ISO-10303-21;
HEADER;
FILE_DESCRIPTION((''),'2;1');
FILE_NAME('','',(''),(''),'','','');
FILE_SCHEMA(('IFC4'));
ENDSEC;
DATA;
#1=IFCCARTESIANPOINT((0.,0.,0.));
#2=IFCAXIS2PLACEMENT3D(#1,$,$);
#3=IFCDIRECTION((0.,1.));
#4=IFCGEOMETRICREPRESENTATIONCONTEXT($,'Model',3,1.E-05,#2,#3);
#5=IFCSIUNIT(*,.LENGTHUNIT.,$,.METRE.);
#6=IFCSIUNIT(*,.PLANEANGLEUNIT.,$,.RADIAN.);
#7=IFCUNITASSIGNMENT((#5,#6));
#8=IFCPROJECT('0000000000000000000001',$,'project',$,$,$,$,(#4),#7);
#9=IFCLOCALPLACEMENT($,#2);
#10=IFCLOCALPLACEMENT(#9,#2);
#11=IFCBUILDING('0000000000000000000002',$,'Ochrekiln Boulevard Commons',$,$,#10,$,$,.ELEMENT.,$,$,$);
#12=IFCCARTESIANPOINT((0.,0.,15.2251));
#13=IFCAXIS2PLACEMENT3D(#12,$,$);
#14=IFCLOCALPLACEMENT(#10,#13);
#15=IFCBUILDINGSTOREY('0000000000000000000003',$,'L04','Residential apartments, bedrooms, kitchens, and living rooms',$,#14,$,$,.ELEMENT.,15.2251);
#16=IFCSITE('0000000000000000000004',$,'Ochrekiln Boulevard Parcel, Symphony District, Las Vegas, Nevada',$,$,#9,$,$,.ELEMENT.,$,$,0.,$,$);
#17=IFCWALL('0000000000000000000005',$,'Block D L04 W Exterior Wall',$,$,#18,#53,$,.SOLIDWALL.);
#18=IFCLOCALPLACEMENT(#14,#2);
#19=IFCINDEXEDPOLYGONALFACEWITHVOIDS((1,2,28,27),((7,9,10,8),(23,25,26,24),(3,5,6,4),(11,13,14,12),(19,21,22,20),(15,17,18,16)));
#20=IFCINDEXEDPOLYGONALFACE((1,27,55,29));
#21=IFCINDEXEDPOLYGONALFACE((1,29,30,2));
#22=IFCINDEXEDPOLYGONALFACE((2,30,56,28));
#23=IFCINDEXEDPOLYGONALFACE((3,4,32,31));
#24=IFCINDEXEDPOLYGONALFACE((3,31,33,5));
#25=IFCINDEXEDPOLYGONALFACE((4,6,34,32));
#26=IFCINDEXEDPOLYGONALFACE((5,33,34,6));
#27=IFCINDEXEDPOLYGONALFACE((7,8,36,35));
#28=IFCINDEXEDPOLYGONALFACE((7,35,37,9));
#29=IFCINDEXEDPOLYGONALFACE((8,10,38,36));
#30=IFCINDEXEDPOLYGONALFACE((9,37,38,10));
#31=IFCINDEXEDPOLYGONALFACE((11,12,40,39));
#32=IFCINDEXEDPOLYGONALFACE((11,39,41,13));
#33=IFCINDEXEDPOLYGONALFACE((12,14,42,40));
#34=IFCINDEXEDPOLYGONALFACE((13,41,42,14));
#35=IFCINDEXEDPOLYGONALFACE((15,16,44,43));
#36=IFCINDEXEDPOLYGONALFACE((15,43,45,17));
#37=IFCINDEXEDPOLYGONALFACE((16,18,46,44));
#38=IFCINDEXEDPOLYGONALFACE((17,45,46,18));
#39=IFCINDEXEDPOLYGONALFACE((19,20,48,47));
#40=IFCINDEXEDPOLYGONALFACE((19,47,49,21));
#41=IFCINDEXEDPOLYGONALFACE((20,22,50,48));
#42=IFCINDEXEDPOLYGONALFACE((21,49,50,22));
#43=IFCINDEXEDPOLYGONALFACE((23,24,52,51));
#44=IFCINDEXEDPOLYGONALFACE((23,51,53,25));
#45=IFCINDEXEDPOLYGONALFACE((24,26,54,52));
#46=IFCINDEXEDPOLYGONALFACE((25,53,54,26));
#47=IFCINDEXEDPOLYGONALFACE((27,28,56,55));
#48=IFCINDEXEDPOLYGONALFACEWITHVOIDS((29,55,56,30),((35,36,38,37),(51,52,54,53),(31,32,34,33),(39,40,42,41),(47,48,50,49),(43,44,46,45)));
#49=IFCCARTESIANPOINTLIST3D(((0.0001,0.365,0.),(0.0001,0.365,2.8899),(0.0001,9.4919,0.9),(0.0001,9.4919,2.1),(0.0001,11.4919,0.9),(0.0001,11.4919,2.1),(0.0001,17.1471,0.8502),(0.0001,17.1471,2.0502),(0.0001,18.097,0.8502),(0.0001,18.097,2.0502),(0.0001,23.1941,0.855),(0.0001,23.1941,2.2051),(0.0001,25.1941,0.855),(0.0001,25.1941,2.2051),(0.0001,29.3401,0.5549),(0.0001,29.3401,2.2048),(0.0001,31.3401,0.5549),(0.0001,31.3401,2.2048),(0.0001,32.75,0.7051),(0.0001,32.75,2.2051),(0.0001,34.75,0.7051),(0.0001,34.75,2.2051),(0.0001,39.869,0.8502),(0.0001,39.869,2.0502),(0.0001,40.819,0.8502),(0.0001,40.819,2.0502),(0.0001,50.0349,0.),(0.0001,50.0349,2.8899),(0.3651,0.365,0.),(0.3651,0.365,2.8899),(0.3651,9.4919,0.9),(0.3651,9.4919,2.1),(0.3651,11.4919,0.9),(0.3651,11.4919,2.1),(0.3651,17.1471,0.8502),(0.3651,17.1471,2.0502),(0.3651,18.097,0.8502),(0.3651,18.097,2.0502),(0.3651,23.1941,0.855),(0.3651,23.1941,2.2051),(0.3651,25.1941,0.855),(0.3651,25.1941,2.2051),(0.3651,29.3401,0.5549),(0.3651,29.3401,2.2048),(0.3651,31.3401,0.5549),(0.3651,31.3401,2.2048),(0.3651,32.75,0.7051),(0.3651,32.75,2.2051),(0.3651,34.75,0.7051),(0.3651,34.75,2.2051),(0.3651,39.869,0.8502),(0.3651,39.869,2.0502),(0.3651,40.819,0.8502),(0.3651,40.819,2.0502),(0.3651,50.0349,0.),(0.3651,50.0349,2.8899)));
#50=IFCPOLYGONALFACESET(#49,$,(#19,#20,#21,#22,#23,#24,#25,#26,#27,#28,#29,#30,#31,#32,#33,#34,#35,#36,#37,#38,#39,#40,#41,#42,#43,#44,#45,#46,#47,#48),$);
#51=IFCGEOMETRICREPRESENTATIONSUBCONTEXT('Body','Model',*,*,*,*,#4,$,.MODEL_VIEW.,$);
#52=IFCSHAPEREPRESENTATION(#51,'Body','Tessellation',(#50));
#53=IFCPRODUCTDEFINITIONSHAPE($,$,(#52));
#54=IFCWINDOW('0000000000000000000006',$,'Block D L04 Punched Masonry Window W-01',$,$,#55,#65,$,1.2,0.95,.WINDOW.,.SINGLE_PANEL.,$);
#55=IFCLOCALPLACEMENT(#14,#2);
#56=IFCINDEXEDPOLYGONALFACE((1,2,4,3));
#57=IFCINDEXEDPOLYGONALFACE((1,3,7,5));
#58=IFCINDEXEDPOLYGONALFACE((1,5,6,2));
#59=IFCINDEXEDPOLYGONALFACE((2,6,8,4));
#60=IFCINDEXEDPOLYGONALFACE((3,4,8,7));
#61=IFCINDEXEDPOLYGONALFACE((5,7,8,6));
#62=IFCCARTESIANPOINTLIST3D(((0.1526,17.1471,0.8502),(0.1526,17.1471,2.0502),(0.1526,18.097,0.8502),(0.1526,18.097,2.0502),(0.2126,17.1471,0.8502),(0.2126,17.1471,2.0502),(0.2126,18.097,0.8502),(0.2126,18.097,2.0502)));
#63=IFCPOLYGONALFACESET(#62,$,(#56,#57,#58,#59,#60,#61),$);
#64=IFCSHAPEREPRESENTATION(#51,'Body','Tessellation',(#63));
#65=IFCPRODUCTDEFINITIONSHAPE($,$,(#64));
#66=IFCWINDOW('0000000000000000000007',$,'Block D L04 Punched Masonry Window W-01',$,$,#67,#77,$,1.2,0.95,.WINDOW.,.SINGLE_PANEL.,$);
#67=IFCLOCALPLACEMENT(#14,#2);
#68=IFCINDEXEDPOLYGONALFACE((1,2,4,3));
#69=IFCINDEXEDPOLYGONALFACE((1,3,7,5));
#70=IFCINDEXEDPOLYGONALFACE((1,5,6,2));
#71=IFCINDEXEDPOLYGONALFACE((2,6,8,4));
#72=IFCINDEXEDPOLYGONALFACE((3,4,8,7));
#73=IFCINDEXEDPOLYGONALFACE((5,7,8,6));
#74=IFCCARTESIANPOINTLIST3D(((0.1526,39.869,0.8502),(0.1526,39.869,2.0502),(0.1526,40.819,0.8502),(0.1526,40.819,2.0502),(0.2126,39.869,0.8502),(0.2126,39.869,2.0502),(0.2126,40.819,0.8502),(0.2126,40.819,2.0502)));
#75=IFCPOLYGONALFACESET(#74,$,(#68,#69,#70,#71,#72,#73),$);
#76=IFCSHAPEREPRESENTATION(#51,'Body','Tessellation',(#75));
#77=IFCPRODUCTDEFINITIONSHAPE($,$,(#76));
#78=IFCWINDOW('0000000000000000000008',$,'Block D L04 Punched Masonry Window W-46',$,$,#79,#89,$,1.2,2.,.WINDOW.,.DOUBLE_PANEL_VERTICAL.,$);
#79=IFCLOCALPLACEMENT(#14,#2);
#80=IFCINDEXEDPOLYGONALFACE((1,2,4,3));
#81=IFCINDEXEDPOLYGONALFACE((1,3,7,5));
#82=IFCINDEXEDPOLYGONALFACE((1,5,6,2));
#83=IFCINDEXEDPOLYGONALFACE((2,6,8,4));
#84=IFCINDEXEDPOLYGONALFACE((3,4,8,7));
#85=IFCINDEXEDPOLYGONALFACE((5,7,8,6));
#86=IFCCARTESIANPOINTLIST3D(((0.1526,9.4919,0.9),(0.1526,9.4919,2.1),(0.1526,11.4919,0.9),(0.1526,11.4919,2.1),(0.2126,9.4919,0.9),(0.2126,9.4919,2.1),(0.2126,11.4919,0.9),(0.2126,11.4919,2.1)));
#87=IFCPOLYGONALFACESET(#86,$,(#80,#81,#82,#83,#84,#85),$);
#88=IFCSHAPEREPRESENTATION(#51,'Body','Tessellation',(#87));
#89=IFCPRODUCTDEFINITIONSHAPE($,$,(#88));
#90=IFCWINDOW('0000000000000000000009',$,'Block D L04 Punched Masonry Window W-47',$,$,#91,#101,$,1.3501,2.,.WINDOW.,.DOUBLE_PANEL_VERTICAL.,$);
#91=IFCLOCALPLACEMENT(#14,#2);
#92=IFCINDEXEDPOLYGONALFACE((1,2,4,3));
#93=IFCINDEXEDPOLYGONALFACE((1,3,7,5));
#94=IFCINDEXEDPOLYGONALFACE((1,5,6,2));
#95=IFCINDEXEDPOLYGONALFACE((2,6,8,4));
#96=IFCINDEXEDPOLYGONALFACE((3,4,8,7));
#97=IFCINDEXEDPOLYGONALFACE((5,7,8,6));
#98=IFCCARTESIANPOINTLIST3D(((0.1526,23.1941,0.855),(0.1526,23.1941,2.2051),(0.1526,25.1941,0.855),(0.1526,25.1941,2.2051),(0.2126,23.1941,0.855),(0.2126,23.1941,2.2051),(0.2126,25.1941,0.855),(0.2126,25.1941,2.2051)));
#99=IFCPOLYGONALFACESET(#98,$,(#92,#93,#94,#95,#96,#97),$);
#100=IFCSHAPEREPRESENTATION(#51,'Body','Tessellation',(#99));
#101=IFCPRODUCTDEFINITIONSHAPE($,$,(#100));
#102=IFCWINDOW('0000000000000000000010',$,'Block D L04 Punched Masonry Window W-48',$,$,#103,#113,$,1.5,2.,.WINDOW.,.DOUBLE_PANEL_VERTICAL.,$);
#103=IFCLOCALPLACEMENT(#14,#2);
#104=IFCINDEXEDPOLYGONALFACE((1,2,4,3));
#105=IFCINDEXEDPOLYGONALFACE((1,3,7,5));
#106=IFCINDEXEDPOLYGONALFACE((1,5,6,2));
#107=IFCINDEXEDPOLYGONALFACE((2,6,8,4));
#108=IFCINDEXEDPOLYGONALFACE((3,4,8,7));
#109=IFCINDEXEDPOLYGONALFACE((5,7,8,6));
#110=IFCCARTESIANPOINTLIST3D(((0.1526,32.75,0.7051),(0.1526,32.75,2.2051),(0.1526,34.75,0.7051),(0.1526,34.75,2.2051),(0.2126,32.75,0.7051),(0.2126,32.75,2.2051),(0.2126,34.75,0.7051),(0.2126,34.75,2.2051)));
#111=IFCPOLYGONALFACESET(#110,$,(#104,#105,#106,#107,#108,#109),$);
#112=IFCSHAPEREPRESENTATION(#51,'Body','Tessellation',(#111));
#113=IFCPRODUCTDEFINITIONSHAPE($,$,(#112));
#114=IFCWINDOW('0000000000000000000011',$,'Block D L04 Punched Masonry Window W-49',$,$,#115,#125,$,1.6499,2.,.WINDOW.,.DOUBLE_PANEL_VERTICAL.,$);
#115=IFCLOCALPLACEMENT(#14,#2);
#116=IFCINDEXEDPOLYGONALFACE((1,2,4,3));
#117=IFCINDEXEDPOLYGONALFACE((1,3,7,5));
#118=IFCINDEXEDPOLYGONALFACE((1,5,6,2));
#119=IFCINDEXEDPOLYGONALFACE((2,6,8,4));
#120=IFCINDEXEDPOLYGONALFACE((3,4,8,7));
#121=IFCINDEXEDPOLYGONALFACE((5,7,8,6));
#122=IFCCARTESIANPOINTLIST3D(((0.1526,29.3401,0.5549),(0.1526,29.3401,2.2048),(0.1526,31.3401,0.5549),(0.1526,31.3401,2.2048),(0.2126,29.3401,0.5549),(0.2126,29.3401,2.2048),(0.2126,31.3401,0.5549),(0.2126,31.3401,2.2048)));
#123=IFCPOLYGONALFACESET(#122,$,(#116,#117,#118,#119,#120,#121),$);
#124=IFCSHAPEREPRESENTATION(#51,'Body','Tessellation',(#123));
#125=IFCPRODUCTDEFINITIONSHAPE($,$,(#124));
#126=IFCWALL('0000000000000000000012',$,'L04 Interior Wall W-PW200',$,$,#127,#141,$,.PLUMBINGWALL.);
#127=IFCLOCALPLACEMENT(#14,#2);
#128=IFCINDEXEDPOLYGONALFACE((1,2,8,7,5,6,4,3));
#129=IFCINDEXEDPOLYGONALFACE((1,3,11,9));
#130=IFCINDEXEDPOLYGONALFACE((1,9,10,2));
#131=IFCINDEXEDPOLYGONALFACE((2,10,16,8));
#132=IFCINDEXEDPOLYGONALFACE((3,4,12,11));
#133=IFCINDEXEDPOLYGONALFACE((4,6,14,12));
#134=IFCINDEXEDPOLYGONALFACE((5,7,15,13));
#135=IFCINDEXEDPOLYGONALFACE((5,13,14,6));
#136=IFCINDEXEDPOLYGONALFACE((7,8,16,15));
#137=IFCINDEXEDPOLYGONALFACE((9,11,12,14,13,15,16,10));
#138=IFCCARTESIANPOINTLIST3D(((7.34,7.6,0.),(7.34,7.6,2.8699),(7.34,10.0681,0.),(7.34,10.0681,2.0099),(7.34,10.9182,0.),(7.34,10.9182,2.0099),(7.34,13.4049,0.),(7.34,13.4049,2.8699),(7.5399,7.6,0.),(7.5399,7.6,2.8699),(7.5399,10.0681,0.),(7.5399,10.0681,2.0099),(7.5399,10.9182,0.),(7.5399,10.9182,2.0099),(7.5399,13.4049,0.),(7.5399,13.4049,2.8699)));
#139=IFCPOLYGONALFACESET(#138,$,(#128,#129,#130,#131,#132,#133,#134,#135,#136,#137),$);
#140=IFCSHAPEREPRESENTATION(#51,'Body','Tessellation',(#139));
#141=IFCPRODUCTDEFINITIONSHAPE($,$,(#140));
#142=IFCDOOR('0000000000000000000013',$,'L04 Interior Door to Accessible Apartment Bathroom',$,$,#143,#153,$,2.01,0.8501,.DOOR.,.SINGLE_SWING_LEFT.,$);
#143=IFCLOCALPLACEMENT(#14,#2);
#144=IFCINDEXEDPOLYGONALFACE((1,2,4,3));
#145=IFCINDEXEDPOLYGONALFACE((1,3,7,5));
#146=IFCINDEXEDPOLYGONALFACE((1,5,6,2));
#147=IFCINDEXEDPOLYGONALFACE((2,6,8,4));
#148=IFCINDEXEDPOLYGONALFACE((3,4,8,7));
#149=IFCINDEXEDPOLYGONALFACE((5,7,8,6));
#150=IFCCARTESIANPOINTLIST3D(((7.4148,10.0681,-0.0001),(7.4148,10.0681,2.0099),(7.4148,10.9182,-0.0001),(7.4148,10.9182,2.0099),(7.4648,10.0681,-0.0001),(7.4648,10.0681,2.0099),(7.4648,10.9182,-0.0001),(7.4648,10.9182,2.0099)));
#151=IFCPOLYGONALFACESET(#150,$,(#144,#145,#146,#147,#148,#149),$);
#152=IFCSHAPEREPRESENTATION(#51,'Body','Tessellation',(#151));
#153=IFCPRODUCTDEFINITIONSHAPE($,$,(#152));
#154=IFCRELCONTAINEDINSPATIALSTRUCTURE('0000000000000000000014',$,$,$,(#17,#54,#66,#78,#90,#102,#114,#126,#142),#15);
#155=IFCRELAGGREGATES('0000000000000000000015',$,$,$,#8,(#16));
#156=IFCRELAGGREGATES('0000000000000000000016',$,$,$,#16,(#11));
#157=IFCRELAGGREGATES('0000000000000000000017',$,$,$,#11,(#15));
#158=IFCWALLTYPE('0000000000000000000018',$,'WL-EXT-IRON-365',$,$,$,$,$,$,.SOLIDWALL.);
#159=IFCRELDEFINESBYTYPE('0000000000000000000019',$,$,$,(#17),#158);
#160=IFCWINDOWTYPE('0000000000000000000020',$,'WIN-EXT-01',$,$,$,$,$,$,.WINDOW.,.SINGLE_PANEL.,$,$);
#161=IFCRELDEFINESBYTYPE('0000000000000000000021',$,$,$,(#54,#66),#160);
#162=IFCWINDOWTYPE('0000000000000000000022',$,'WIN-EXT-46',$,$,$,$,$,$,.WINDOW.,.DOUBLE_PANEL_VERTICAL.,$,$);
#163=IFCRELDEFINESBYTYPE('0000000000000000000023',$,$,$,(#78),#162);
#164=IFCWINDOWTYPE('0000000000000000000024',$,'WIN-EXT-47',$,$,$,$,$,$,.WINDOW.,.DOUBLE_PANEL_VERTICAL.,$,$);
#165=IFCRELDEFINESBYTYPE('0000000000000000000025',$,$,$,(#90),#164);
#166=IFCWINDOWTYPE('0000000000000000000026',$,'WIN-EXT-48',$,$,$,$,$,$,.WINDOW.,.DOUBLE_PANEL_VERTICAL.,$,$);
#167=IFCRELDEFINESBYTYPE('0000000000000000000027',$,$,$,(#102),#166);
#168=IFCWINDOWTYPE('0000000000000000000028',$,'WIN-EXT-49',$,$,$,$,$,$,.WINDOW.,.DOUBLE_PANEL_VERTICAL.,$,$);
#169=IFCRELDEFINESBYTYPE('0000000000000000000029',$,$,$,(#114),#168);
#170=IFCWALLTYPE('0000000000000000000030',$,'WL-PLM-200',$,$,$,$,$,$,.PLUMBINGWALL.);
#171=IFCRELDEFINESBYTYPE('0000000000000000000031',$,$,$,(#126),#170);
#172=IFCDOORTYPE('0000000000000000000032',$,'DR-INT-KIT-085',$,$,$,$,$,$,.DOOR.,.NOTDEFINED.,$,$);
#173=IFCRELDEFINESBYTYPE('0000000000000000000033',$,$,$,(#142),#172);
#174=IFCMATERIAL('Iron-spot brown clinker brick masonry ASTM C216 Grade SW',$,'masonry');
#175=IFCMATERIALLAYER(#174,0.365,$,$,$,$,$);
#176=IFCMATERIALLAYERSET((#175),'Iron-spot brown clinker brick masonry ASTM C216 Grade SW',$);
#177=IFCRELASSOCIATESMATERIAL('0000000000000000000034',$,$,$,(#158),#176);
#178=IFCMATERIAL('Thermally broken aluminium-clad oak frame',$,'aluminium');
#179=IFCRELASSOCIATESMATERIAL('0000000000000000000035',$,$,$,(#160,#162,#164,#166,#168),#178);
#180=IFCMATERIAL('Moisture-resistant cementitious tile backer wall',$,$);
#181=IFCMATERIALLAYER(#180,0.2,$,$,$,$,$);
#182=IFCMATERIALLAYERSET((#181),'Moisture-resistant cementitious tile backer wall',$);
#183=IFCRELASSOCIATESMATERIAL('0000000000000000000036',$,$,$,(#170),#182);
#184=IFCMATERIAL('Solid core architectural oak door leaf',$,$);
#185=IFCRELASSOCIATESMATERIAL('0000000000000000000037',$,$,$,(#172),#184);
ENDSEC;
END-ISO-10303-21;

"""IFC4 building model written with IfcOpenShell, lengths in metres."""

from ifc_helpers import new_model, si_unit, direction, frame, frame_2d, origin, place, context, subcontext, project, spatial, rectangle, extrude, material, layer, layer_set, type_object, element, fill, save


model = new_model("IFC4")

# Units and contexts
model_context = context("Model", 3, precision=1e-05, world=origin(), true_north=direction((0.0, 1.0)))
body_context = subcontext(model_context, "Body", "Model", "MODEL_VIEW")
ifc_project = project(units=[si_unit("LENGTHUNIT", "METRE"), si_unit("PLANEANGLEUNIT", "RADIAN")], contexts=[model_context])

# Site, building, storey
site_placement = place(None, origin())
site = spatial("IfcSite", under=ifc_project, at=site_placement, Name="Ochrekiln Boulevard Parcel, Symphony District, Las Vegas, Nevada", CompositionType="ELEMENT", RefElevation=0.0)
building_placement = place(site_placement, origin())
building = spatial("IfcBuilding", under=site, at=building_placement, Name="Ochrekiln Boulevard Commons", CompositionType="ELEMENT")
storey_placement = place(building_placement, frame((0.0, 0.0, 15.2251)))
storey = spatial("IfcBuildingStorey", under=building, at=storey_placement, Name="L04", Description="Residential apartments, bedrooms, kitchens, and living rooms", CompositionType="ELEMENT", Elevation=15.2251)

# Wall, openings, windows
ifc_material_1 = material(Name="Iron-spot brown clinker brick masonry ASTM C216 Grade SW", Category="masonry")
ifc_layer_1 = layer(ifc_material_1, 0.365)
ifc_layer_set_1 = layer_set([ifc_layer_1], Name="Iron-spot brown clinker brick masonry ASTM C216 Grade SW")
wall_type_1 = type_object("IfcWallType", Name="WL-EXT-IRON-365", PredefinedType="SOLIDWALL", material=ifc_layer_set_1)
wall_1_placement = place(storey_placement, frame((0.1826, 0.365, 0.0), z_axis=(0.0, 0.0, 1.0), x_axis=(0.0, 1.0, 0.0)))
wall_1 = element("IfcWall", 1, at=wall_1_placement, inside=storey, type_object=wall_type_1, Name="Block D L04 W Exterior Wall", PredefinedType="SOLIDWALL", context=body_context, shape_type="SweptSolid", body=[
    extrude(rectangle(XDim=49.6699, YDim=0.365, at=frame_2d((24.835, 0.0))), origin(), (0.0, 0.0, 1.0), 2.8899),
])
opening_1_placement = place(wall_1_placement, frame((16.782, 0.0, 0.8501)))
opening_1 = element("IfcOpeningElement", 2, at=opening_1_placement, cuts=wall_1, PredefinedType="OPENING", context=body_context, shape_type="SweptSolid", body=[
    extrude(rectangle(XDim=0.95, YDim=1.2, at=frame_2d((0.4751, 0.6001))), frame((0.0, 0.1924, 0.0), z_axis=(0.0, -1.0, 0.0), x_axis=(1.0, 0.0, 0.0)), (0.0, 0.0, 1.0), 0.385),
])
opening_2_placement = place(wall_1_placement, frame((9.127, 0.0, 0.8999)))
opening_2 = element("IfcOpeningElement", 3, at=opening_2_placement, cuts=wall_1, PredefinedType="OPENING", context=body_context, shape_type="SweptSolid", body=[
    extrude(rectangle(XDim=2.0, YDim=1.2, at=frame_2d((1.0, 0.6001))), frame((0.0, 0.1924, 0.0), z_axis=(0.0, -1.0, 0.0), x_axis=(1.0, 0.0, 0.0)), (0.0, 0.0, 1.0), 0.385),
])
opening_3_placement = place(wall_1_placement, frame((22.8291, 0.0, 0.855)))
opening_3 = element("IfcOpeningElement", 4, at=opening_3_placement, cuts=wall_1, PredefinedType="OPENING", context=body_context, shape_type="SweptSolid", body=[
    extrude(rectangle(XDim=2.0, YDim=1.3501, at=frame_2d((1.0, 0.675))), frame((0.0, 0.1924, 0.0), z_axis=(0.0, -1.0, 0.0), x_axis=(1.0, 0.0, 0.0)), (0.0, 0.0, 1.0), 0.385),
])
opening_4_placement = place(wall_1_placement, frame((32.385, 0.0, 0.7051)))
opening_4 = element("IfcOpeningElement", 5, at=opening_4_placement, cuts=wall_1, PredefinedType="OPENING", context=body_context, shape_type="SweptSolid", body=[
    extrude(rectangle(XDim=2.0, YDim=1.5, at=frame_2d((1.0, 0.75))), frame((0.0, 0.1924, 0.0), z_axis=(0.0, -1.0, 0.0), x_axis=(1.0, 0.0, 0.0)), (0.0, 0.0, 1.0), 0.385),
])
opening_5_placement = place(wall_1_placement, frame((28.9751, 0.0, 0.5549)))
opening_5 = element("IfcOpeningElement", 6, at=opening_5_placement, cuts=wall_1, PredefinedType="OPENING", context=body_context, shape_type="SweptSolid", body=[
    extrude(rectangle(XDim=2.0, YDim=1.6499, at=frame_2d((1.0, 0.825))), frame((0.0, 0.1924, 0.0), z_axis=(0.0, -1.0, 0.0), x_axis=(1.0, 0.0, 0.0)), (0.0, 0.0, 1.0), 0.385),
])
opening_6_placement = place(wall_1_placement, frame((39.5039, 0.0, 0.8501)))
opening_6 = element("IfcOpeningElement", 7, at=opening_6_placement, cuts=wall_1, PredefinedType="OPENING", context=body_context, shape_type="SweptSolid", body=[
    extrude(rectangle(XDim=0.95, YDim=1.2, at=frame_2d((0.4751, 0.6001))), frame((0.0, 0.1924, 0.0), z_axis=(0.0, -1.0, 0.0), x_axis=(1.0, 0.0, 0.0)), (0.0, 0.0, 1.0), 0.385),
])
ifc_material_2 = material(Name="Thermally broken aluminium-clad oak frame", Category="aluminium")
window_type_1 = type_object("IfcWindowType", Name="WIN-EXT-01", PartitioningType="SINGLE_PANEL", PredefinedType="WINDOW", material=ifc_material_2)
window_1_placement = place(opening_1_placement, origin())
window_1 = element("IfcWindow", 8, at=window_1_placement, inside=storey, type_object=window_type_1, Name="Block D L04 Punched Masonry Window W-01", OverallHeight=1.2, OverallWidth=0.95, PartitioningType="SINGLE_PANEL", PredefinedType="WINDOW", context=body_context, shape_type="SweptSolid", body=[
    extrude(rectangle(XDim=0.95, YDim=1.2, at=frame_2d((0.4751, 0.6001))), frame((0.0, 0.03, 0.0), z_axis=(0.0, -1.0, 0.0), x_axis=(1.0, 0.0, 0.0)), (0.0, 0.0, 1.0), 0.0601),
])
fill(opening_1, window_1)
window_2_placement = place(opening_6_placement, origin())
window_2 = element("IfcWindow", 9, at=window_2_placement, inside=storey, type_object=window_type_1, Name="Block D L04 Punched Masonry Window W-01", OverallHeight=1.2, OverallWidth=0.95, PartitioningType="SINGLE_PANEL", PredefinedType="WINDOW", context=body_context, shape_type="SweptSolid", body=[
    extrude(rectangle(XDim=0.95, YDim=1.2, at=frame_2d((0.4751, 0.6001))), frame((0.0, 0.03, 0.0), z_axis=(0.0, -1.0, 0.0), x_axis=(1.0, 0.0, 0.0)), (0.0, 0.0, 1.0), 0.0601),
])
fill(opening_6, window_2)
window_type_2 = type_object("IfcWindowType", Name="WIN-EXT-46", PartitioningType="DOUBLE_PANEL_VERTICAL", PredefinedType="WINDOW", material=ifc_material_2)
window_3_placement = place(opening_2_placement, origin())
window_3 = element("IfcWindow", 10, at=window_3_placement, inside=storey, type_object=window_type_2, Name="Block D L04 Punched Masonry Window W-46", OverallHeight=1.2, OverallWidth=2.0, PartitioningType="DOUBLE_PANEL_VERTICAL", PredefinedType="WINDOW", context=body_context, shape_type="SweptSolid", body=[
    extrude(rectangle(XDim=2.0, YDim=1.2, at=frame_2d((1.0, 0.6001))), frame((0.0, 0.03, 0.0), z_axis=(0.0, -1.0, 0.0), x_axis=(1.0, 0.0, 0.0)), (0.0, 0.0, 1.0), 0.0601),
])
fill(opening_2, window_3)
window_type_3 = type_object("IfcWindowType", Name="WIN-EXT-47", PartitioningType="DOUBLE_PANEL_VERTICAL", PredefinedType="WINDOW", material=ifc_material_2)
window_4_placement = place(opening_3_placement, origin())
window_4 = element("IfcWindow", 11, at=window_4_placement, inside=storey, type_object=window_type_3, Name="Block D L04 Punched Masonry Window W-47", OverallHeight=1.3501, OverallWidth=2.0, PartitioningType="DOUBLE_PANEL_VERTICAL", PredefinedType="WINDOW", context=body_context, shape_type="SweptSolid", body=[
    extrude(rectangle(XDim=2.0, YDim=1.3501, at=frame_2d((1.0, 0.675))), frame((0.0, 0.03, 0.0), z_axis=(0.0, -1.0, 0.0), x_axis=(1.0, 0.0, 0.0)), (0.0, 0.0, 1.0), 0.0601),
])
fill(opening_3, window_4)
window_type_4 = type_object("IfcWindowType", Name="WIN-EXT-48", PartitioningType="DOUBLE_PANEL_VERTICAL", PredefinedType="WINDOW", material=ifc_material_2)
window_5_placement = place(opening_4_placement, origin())
window_5 = element("IfcWindow", 12, at=window_5_placement, inside=storey, type_object=window_type_4, Name="Block D L04 Punched Masonry Window W-48", OverallHeight=1.5, OverallWidth=2.0, PartitioningType="DOUBLE_PANEL_VERTICAL", PredefinedType="WINDOW", context=body_context, shape_type="SweptSolid", body=[
    extrude(rectangle(XDim=2.0, YDim=1.5, at=frame_2d((1.0, 0.75))), frame((0.0, 0.03, 0.0), z_axis=(0.0, -1.0, 0.0), x_axis=(1.0, 0.0, 0.0)), (0.0, 0.0, 1.0), 0.0601),
])
fill(opening_4, window_5)
window_type_5 = type_object("IfcWindowType", Name="WIN-EXT-49", PartitioningType="DOUBLE_PANEL_VERTICAL", PredefinedType="WINDOW", material=ifc_material_2)
window_6_placement = place(opening_5_placement, origin())
window_6 = element("IfcWindow", 13, at=window_6_placement, inside=storey, type_object=window_type_5, Name="Block D L04 Punched Masonry Window W-49", OverallHeight=1.6499, OverallWidth=2.0, PartitioningType="DOUBLE_PANEL_VERTICAL", PredefinedType="WINDOW", context=body_context, shape_type="SweptSolid", body=[
    extrude(rectangle(XDim=2.0, YDim=1.6499, at=frame_2d((1.0, 0.825))), frame((0.0, 0.03, 0.0), z_axis=(0.0, -1.0, 0.0), x_axis=(1.0, 0.0, 0.0)), (0.0, 0.0, 1.0), 0.0601),
])
fill(opening_5, window_6)

# Wall, opening, door
ifc_material_3 = material(Name="Moisture-resistant cementitious tile backer wall")
ifc_layer_2 = layer(ifc_material_3, 0.2)
ifc_layer_set_2 = layer_set([ifc_layer_2], Name="Moisture-resistant cementitious tile backer wall")
wall_type_2 = type_object("IfcWallType", Name="WL-PLM-200", PredefinedType="PLUMBINGWALL", material=ifc_layer_set_2)
wall_2_placement = place(storey_placement, frame((7.4399, 7.6001, 0.0), z_axis=(0.0, 0.0, 1.0), x_axis=(0.0, 1.0, 0.0)))
wall_2 = element("IfcWall", 14, at=wall_2_placement, inside=storey, type_object=wall_type_2, Name="L04 Interior Wall W-PW200", PredefinedType="PLUMBINGWALL", context=body_context, shape_type="SweptSolid", body=[
    extrude(rectangle(XDim=5.8049, YDim=0.2, at=frame_2d((2.9023, 0.0))), origin(), (0.0, 0.0, 1.0), 2.8699),
])
opening_7_placement = place(wall_2_placement, frame((2.468, 0.0, 0.0)))
opening_7 = element("IfcOpeningElement", 15, at=opening_7_placement, cuts=wall_2, PredefinedType="OPENING", context=body_context, shape_type="SweptSolid", body=[
    extrude(rectangle(XDim=0.8501, YDim=2.01, at=frame_2d((0.425, 1.0049))), frame((0.0, 0.1099, 0.0), z_axis=(0.0, -1.0, 0.0), x_axis=(1.0, 0.0, 0.0)), (0.0, 0.0, 1.0), 0.22),
])
ifc_material_4 = material(Name="Solid core architectural oak door leaf")
door_type_1 = type_object("IfcDoorType", Name="DR-INT-KIT-085", OperationType="NOTDEFINED", PredefinedType="DOOR", material=ifc_material_4)
door_1_placement = place(opening_7_placement, frame((0.8501, 0.0, 0.0), z_axis=(0.0, 0.0, 1.0), x_axis=(-1.0, 0.0, 0.0)))
door_1 = element("IfcDoor", 16, at=door_1_placement, inside=storey, type_object=door_type_1, Name="L04 Interior Door to Accessible Apartment Bathroom", OperationType="SINGLE_SWING_LEFT", OverallHeight=2.01, OverallWidth=0.8501, PredefinedType="DOOR", context=body_context, shape_type="SweptSolid", body=[
    extrude(rectangle(XDim=0.8501, YDim=2.01, at=frame_2d((0.425, 1.0049))), frame((0.0, 0.0249, 0.0), z_axis=(0.0, -1.0, 0.0), x_axis=(1.0, 0.0, 0.0)), (0.0, 0.0, 1.0), 0.05),
])
fill(opening_7, door_1)

save(model, "model.ifc")
